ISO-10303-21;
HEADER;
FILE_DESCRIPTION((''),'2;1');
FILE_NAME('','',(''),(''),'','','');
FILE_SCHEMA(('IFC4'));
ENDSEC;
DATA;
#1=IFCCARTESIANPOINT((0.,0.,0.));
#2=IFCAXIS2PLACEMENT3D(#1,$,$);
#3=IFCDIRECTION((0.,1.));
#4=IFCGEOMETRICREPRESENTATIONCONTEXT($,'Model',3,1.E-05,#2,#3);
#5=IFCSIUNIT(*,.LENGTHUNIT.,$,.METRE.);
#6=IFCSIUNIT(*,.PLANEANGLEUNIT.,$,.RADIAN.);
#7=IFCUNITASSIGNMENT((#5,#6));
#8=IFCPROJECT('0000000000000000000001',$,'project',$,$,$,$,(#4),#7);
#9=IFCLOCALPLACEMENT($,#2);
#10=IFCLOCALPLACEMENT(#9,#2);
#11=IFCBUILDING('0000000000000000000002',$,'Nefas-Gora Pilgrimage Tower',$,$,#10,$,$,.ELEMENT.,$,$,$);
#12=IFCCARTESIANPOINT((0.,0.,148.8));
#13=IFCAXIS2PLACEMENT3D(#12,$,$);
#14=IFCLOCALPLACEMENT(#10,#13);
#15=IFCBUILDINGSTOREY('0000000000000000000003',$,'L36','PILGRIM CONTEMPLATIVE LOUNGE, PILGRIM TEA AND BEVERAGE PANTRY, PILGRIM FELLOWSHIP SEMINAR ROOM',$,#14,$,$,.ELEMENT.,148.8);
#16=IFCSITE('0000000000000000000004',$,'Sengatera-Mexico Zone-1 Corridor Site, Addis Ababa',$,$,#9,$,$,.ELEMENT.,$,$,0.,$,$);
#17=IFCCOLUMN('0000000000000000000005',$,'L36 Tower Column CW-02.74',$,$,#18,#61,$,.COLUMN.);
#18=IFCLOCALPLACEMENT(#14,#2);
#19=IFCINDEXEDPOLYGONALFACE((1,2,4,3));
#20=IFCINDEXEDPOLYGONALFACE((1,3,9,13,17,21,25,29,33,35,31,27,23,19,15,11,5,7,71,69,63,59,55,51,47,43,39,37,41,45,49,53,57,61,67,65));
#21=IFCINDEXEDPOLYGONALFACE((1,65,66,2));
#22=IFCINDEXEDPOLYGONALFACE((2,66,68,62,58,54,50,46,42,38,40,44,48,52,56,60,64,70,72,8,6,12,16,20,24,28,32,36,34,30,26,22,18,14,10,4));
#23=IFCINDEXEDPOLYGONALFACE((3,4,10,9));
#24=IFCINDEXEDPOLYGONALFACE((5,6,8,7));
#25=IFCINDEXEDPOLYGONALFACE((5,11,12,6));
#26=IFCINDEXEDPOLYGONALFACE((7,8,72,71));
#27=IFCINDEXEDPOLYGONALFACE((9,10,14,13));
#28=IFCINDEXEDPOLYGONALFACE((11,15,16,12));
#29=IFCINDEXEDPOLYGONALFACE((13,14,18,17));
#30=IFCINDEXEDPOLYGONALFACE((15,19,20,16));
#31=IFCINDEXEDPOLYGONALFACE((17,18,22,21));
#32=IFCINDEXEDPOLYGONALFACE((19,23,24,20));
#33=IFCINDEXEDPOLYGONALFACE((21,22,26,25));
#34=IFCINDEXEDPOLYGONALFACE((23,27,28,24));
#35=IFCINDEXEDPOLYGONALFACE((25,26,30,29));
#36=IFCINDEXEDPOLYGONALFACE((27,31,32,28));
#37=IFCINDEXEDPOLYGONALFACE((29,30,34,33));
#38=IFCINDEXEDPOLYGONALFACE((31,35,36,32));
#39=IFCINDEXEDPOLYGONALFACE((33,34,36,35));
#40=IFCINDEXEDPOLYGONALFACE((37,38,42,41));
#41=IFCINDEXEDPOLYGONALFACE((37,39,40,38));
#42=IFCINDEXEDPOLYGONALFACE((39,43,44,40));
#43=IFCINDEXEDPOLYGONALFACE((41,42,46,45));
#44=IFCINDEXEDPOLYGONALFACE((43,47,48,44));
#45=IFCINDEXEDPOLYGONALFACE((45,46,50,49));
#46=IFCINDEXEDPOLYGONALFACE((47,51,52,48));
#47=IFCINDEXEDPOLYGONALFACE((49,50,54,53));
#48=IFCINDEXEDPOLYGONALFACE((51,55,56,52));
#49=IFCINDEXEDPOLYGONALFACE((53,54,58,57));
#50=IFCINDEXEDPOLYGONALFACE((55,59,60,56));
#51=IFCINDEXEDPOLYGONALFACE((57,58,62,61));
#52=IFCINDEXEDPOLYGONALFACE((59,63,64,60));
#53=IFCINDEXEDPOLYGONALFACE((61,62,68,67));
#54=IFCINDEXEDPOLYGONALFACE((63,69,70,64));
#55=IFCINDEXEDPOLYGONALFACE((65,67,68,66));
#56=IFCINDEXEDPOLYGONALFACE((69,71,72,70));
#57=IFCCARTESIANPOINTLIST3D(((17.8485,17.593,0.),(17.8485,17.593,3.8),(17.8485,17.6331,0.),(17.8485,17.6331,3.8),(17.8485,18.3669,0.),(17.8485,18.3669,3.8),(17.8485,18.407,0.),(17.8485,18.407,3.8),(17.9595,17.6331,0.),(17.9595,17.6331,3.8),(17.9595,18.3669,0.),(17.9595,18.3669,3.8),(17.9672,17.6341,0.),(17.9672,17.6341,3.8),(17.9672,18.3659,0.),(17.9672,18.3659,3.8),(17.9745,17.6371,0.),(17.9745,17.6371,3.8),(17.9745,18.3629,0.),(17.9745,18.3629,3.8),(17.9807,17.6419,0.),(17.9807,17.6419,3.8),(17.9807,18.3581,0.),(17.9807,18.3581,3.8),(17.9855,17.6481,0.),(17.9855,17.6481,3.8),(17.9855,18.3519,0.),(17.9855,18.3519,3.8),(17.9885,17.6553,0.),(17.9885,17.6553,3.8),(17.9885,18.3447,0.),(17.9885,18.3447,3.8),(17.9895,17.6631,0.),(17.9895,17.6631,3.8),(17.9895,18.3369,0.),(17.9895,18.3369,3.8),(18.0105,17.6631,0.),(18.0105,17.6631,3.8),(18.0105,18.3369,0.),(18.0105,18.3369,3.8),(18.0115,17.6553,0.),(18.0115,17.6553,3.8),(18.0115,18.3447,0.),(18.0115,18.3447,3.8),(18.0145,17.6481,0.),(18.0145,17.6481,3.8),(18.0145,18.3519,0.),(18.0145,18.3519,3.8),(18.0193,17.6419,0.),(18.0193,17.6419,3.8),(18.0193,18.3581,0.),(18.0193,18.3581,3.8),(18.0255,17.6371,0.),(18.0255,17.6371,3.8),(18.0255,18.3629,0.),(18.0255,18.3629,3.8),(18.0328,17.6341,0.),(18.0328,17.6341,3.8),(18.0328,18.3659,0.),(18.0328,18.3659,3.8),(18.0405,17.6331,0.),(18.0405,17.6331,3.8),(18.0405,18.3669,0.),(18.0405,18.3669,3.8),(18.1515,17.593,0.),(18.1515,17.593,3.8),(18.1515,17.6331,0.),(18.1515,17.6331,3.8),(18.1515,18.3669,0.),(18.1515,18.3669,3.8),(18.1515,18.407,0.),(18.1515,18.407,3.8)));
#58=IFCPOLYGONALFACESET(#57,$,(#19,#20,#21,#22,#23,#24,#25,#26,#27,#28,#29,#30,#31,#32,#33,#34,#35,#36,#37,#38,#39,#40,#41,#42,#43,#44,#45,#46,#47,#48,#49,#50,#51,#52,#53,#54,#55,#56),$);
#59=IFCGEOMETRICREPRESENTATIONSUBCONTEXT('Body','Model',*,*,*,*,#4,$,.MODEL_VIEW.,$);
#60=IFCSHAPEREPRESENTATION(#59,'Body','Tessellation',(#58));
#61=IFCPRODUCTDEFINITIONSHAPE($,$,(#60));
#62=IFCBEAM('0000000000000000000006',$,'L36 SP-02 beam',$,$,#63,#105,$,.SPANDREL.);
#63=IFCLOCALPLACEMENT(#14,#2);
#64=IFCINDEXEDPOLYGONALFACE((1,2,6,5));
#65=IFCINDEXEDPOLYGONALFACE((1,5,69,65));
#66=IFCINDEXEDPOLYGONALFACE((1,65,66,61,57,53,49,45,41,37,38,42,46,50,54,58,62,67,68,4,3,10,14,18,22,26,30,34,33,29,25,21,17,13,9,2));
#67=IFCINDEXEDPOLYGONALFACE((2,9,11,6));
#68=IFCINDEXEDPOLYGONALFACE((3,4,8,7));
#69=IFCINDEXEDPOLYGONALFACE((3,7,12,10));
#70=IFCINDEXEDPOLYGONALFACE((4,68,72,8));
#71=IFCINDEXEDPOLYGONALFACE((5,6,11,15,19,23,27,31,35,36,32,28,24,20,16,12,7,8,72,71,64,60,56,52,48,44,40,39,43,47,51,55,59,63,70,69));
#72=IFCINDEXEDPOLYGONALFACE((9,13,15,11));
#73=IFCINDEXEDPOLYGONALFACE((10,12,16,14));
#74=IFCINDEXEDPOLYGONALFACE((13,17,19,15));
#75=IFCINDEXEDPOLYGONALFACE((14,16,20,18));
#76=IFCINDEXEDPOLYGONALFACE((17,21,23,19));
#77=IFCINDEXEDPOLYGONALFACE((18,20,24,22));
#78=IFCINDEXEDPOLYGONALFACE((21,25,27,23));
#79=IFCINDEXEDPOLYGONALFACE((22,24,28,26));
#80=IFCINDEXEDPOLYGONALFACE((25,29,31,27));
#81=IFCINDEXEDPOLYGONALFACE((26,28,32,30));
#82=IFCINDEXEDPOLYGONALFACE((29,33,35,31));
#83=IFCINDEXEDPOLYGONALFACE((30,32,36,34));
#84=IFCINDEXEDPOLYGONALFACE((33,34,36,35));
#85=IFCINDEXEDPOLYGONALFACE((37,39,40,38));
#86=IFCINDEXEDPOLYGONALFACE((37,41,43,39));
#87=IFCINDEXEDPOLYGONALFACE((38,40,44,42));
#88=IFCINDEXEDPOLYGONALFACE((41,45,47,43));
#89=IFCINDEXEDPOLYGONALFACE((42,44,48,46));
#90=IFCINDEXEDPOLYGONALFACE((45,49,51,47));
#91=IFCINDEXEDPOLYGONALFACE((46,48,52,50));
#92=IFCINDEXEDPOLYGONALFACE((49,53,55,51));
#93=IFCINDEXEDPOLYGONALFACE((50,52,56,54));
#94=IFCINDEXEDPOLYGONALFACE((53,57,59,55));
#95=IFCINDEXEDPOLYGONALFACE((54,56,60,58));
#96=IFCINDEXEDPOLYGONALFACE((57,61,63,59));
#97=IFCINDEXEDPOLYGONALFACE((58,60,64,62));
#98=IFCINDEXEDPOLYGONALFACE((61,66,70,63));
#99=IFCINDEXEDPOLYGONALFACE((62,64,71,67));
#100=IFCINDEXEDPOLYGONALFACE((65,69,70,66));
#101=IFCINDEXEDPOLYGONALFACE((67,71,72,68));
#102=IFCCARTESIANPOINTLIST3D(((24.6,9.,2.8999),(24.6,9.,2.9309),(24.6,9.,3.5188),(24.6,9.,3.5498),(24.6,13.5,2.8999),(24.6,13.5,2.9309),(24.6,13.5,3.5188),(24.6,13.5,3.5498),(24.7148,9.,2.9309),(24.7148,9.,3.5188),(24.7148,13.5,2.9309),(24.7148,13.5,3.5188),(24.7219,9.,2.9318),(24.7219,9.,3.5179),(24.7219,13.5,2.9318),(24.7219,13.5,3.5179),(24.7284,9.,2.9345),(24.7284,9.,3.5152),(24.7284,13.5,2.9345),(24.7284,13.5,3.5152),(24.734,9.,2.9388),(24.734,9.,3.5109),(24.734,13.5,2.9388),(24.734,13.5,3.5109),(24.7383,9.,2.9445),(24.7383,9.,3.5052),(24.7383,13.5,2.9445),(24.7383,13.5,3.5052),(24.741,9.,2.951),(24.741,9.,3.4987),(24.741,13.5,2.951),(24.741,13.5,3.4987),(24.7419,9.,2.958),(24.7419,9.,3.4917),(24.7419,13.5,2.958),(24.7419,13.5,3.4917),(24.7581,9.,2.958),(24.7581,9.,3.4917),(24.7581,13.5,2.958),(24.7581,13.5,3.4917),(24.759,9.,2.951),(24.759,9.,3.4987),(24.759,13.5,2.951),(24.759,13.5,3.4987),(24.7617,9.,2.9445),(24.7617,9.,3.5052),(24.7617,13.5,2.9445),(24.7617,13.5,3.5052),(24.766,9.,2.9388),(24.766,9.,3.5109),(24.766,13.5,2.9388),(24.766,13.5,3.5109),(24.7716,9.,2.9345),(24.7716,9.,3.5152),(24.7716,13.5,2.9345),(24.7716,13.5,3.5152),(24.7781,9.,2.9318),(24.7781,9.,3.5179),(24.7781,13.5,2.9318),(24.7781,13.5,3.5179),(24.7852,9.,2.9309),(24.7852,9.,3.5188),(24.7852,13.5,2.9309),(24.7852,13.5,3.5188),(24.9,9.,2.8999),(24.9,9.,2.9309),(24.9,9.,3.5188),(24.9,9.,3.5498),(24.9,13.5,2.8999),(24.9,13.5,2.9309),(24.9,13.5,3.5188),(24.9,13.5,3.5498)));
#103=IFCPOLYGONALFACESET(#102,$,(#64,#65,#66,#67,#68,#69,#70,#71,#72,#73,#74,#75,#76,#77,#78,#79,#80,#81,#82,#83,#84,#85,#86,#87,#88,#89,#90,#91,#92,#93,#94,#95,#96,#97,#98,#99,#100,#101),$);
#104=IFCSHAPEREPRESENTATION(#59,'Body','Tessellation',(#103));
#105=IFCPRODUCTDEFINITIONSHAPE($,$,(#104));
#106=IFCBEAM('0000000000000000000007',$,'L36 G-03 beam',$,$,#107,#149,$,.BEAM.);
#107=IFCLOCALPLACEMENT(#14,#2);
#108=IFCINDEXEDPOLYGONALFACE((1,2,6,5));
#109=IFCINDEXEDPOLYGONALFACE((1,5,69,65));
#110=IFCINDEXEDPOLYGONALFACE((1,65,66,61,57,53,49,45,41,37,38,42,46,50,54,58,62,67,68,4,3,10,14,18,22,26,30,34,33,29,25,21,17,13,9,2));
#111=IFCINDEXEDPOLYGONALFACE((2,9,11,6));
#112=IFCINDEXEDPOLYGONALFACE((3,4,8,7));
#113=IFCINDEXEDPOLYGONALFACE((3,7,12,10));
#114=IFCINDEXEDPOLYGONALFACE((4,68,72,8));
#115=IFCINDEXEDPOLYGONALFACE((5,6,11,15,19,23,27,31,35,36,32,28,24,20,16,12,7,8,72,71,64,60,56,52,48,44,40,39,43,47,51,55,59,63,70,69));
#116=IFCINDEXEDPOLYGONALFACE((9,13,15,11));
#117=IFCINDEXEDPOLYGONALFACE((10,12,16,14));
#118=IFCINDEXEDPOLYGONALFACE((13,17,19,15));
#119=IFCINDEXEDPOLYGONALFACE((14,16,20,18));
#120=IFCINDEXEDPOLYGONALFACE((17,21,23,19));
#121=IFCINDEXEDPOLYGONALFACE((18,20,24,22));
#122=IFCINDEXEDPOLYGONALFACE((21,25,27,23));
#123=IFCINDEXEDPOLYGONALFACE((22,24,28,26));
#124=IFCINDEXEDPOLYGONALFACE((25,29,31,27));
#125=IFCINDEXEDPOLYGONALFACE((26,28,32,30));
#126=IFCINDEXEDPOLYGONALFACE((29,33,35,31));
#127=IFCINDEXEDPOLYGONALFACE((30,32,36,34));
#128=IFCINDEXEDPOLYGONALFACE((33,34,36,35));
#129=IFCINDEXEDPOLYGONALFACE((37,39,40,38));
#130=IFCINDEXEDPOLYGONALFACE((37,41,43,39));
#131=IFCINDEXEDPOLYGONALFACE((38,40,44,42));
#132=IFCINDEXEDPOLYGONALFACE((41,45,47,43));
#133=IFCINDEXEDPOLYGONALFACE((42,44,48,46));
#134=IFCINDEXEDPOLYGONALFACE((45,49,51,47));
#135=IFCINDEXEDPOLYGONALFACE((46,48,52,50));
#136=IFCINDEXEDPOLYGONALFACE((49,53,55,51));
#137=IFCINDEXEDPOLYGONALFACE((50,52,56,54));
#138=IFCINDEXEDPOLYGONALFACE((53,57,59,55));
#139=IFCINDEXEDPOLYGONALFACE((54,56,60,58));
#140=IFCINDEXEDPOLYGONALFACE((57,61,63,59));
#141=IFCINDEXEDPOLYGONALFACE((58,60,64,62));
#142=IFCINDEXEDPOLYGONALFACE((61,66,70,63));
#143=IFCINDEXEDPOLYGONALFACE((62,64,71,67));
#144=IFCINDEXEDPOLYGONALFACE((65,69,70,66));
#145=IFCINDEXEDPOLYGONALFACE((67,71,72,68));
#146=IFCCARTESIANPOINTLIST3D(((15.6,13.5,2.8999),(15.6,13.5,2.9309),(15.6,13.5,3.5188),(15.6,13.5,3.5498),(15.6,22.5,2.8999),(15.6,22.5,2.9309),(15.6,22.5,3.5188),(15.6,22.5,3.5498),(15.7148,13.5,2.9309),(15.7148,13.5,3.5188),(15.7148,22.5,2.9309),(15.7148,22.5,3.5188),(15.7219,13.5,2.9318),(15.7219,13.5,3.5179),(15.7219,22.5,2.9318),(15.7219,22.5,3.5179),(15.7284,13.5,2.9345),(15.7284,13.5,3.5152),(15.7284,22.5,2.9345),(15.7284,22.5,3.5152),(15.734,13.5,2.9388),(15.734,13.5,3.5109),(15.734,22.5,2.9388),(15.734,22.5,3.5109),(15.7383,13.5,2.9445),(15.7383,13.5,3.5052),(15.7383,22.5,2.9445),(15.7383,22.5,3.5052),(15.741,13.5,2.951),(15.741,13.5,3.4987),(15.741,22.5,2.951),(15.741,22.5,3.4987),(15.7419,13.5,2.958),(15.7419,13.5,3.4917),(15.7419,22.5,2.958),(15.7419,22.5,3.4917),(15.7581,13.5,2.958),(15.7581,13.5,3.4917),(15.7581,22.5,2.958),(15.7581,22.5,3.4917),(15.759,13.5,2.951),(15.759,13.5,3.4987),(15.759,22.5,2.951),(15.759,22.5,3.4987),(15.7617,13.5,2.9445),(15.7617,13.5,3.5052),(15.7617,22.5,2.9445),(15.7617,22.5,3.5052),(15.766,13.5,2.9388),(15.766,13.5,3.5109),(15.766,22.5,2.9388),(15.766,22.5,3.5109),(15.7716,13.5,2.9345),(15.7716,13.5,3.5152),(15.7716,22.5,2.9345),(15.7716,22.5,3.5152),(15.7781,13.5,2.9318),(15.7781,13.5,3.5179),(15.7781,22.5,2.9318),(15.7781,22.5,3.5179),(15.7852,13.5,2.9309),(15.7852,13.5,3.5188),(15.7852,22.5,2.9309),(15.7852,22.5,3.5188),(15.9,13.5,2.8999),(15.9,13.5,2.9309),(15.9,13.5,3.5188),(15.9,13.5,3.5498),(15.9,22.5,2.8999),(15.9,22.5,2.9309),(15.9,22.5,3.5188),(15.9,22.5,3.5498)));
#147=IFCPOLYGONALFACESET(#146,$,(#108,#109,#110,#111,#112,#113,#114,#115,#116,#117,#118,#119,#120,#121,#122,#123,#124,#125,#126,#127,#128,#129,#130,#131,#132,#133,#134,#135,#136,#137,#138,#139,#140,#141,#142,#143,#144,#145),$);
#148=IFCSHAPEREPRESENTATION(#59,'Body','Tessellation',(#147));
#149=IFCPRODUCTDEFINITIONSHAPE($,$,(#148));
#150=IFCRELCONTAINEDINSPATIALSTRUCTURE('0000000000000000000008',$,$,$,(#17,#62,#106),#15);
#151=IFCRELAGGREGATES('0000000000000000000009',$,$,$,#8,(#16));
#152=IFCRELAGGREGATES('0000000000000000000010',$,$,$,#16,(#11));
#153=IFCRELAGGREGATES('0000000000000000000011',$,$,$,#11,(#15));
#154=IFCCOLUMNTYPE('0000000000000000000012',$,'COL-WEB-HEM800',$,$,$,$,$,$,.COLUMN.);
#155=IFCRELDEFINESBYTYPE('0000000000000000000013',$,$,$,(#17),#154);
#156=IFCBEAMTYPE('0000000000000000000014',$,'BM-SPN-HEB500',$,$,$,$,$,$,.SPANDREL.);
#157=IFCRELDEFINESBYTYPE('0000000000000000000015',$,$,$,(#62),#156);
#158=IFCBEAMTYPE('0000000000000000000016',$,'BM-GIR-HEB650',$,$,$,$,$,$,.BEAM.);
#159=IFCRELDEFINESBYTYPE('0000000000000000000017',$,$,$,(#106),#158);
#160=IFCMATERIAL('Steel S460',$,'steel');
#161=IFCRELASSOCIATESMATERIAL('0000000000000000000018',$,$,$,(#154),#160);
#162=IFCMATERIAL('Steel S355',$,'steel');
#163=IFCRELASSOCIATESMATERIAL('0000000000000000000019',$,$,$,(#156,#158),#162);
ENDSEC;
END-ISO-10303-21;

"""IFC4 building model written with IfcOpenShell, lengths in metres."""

from ifc_helpers import new_model, si_unit, direction, frame, origin, origin_2d, place, context, subcontext, project, spatial, i_section, extrude, source, transform, mapped, material, material_profile, profile_set, type_object, element, save


model = new_model("IFC4")

# Units and contexts
model_context = context("Model", 3, precision=1e-05, world=origin(), true_north=direction((0.0, 1.0)))
body_context = subcontext(model_context, "Body", "Model", "MODEL_VIEW")
ifc_project = project(units=[si_unit("LENGTHUNIT", "METRE"), si_unit("PLANEANGLEUNIT", "RADIAN")], contexts=[model_context])

# Site, building, storey
site_placement = place(None, origin())
site = spatial("IfcSite", under=ifc_project, at=site_placement, Name="Sengatera-Mexico Zone-1 Corridor Site, Addis Ababa", CompositionType="ELEMENT", RefElevation=0.0)
building_placement = place(site_placement, origin())
building = spatial("IfcBuilding", under=site, at=building_placement, Name="Nefas-Gora Pilgrimage Tower", CompositionType="ELEMENT")
storey_placement = place(building_placement, frame((0.0, 0.0, 148.8)))
storey = spatial("IfcBuildingStorey", under=building, at=storey_placement, Name="L36", Description="PILGRIM CONTEMPLATIVE LOUNGE, PILGRIM TEA AND BEVERAGE PANTRY, PILGRIM FELLOWSHIP SEMINAR ROOM", CompositionType="ELEMENT", Elevation=148.8)

# Column
ifc_material_1 = material(Name="Steel S460", Category="steel")
ifc_material_profile_1 = material_profile(ifc_material_1, i_section(OverallWidth=0.303, OverallDepth=0.814, WebThickness=0.021, FlangeThickness=0.04, FilletRadius=0.03, at=origin_2d()), Name="HEM 800")
ifc_profile_set_1 = profile_set([ifc_material_profile_1], Name="Steel S460")
column_type_1 = type_object("IfcColumnType", Name="COL-WEB-HEM800", PredefinedType="COLUMN", material=ifc_profile_set_1)
shared_shape_1 = source(origin(), body_context, "Body", "SweptSolid", [
    extrude(i_section(OverallWidth=0.303, OverallDepth=0.814, WebThickness=0.021, FlangeThickness=0.04, FilletRadius=0.03, at=origin_2d()), origin(), (0.0, 0.0, 1.0), 3.8),
])
for number, where, z_axis, x_axis, name in (
    (1, (18.0, 18.0, 0.0), (0.0, 0.0, 1.0), (1.0, 0.0, 0.0), "L36 Tower Column CW-02.74"),
):
    element("IfcColumn", number, at=place(storey_placement, frame(where, z_axis=z_axis, x_axis=x_axis)), inside=storey, type_object=column_type_1, Name=name, PredefinedType="COLUMN", context=body_context, shape_type="MappedRepresentation", body=[
        mapped(shared_shape_1, transform((0.0, 0.0, 0.0), x_axis=(1.0, 0.0, 0.0), y_axis=(0.0, 1.0, 0.0), z_axis=(0.0, 0.0, 1.0), scale=1.0)),
    ])

# Beams
ifc_material_2 = material(Name="Steel S355", Category="steel")
ifc_material_profile_2 = material_profile(ifc_material_2, i_section(OverallWidth=0.3, OverallDepth=0.6499, WebThickness=0.0161, FlangeThickness=0.031, FilletRadius=0.0271, at=origin_2d()), Name="HEB 650")
ifc_profile_set_2 = profile_set([ifc_material_profile_2], Name="Steel S355")
beam_type_1 = type_object("IfcBeamType", Name="BM-SPN-HEB500", PredefinedType="SPANDREL", material=ifc_profile_set_2)
shared_shape_2 = source(origin(), body_context, "Body", "SweptSolid", [
    extrude(i_section(OverallWidth=0.3, OverallDepth=0.6499, WebThickness=0.0161, FlangeThickness=0.031, FilletRadius=0.0271, at=origin_2d()), origin(), (0.0, 0.0, 1.0), 4.5),
])
beam_1_placement = place(storey_placement, frame((24.75, 9.0, 3.2249), z_axis=(0.0, 1.0, 0.0), x_axis=(-1.0, 0.0, 0.0)))
element("IfcBeam", 2, at=beam_1_placement, inside=storey, type_object=beam_type_1, Name="L36 SP-02 beam", PredefinedType="SPANDREL", context=body_context, shape_type="MappedRepresentation", body=[
    mapped(shared_shape_2, transform((0.0, 0.0, 0.0), x_axis=(1.0, 0.0, 0.0), y_axis=(0.0, 1.0, 0.0), z_axis=(0.0, 0.0, 1.0), scale=1.0)),
])
ifc_material_profile_3 = material_profile(ifc_material_2, i_section(OverallWidth=0.3, OverallDepth=0.6499, WebThickness=0.0161, FlangeThickness=0.031, FilletRadius=0.0271, at=origin_2d()), Name="HEB 650")
ifc_profile_set_3 = profile_set([ifc_material_profile_3], Name="Steel S355")
beam_type_2 = type_object("IfcBeamType", Name="BM-GIR-HEB650", PredefinedType="BEAM", material=ifc_profile_set_3)
shared_shape_3 = source(origin(), body_context, "Body", "SweptSolid", [
    extrude(i_section(OverallWidth=0.3, OverallDepth=0.6499, WebThickness=0.0161, FlangeThickness=0.031, FilletRadius=0.0271, at=origin_2d()), origin(), (0.0, 0.0, 1.0), 9.0),
])
beam_2_placement = place(storey_placement, frame((15.75, 13.5, 3.2249), z_axis=(0.0, 1.0, 0.0), x_axis=(-1.0, 0.0, 0.0)))
element("IfcBeam", 3, at=beam_2_placement, inside=storey, type_object=beam_type_2, Name="L36 G-03 beam", PredefinedType="BEAM", context=body_context, shape_type="MappedRepresentation", body=[
    mapped(shared_shape_3, transform((0.0, 0.0, 0.0), x_axis=(1.0, 0.0, 0.0), y_axis=(0.0, 1.0, 0.0), z_axis=(0.0, 0.0, 1.0), scale=1.0)),
])

save(model, "model.ifc")
